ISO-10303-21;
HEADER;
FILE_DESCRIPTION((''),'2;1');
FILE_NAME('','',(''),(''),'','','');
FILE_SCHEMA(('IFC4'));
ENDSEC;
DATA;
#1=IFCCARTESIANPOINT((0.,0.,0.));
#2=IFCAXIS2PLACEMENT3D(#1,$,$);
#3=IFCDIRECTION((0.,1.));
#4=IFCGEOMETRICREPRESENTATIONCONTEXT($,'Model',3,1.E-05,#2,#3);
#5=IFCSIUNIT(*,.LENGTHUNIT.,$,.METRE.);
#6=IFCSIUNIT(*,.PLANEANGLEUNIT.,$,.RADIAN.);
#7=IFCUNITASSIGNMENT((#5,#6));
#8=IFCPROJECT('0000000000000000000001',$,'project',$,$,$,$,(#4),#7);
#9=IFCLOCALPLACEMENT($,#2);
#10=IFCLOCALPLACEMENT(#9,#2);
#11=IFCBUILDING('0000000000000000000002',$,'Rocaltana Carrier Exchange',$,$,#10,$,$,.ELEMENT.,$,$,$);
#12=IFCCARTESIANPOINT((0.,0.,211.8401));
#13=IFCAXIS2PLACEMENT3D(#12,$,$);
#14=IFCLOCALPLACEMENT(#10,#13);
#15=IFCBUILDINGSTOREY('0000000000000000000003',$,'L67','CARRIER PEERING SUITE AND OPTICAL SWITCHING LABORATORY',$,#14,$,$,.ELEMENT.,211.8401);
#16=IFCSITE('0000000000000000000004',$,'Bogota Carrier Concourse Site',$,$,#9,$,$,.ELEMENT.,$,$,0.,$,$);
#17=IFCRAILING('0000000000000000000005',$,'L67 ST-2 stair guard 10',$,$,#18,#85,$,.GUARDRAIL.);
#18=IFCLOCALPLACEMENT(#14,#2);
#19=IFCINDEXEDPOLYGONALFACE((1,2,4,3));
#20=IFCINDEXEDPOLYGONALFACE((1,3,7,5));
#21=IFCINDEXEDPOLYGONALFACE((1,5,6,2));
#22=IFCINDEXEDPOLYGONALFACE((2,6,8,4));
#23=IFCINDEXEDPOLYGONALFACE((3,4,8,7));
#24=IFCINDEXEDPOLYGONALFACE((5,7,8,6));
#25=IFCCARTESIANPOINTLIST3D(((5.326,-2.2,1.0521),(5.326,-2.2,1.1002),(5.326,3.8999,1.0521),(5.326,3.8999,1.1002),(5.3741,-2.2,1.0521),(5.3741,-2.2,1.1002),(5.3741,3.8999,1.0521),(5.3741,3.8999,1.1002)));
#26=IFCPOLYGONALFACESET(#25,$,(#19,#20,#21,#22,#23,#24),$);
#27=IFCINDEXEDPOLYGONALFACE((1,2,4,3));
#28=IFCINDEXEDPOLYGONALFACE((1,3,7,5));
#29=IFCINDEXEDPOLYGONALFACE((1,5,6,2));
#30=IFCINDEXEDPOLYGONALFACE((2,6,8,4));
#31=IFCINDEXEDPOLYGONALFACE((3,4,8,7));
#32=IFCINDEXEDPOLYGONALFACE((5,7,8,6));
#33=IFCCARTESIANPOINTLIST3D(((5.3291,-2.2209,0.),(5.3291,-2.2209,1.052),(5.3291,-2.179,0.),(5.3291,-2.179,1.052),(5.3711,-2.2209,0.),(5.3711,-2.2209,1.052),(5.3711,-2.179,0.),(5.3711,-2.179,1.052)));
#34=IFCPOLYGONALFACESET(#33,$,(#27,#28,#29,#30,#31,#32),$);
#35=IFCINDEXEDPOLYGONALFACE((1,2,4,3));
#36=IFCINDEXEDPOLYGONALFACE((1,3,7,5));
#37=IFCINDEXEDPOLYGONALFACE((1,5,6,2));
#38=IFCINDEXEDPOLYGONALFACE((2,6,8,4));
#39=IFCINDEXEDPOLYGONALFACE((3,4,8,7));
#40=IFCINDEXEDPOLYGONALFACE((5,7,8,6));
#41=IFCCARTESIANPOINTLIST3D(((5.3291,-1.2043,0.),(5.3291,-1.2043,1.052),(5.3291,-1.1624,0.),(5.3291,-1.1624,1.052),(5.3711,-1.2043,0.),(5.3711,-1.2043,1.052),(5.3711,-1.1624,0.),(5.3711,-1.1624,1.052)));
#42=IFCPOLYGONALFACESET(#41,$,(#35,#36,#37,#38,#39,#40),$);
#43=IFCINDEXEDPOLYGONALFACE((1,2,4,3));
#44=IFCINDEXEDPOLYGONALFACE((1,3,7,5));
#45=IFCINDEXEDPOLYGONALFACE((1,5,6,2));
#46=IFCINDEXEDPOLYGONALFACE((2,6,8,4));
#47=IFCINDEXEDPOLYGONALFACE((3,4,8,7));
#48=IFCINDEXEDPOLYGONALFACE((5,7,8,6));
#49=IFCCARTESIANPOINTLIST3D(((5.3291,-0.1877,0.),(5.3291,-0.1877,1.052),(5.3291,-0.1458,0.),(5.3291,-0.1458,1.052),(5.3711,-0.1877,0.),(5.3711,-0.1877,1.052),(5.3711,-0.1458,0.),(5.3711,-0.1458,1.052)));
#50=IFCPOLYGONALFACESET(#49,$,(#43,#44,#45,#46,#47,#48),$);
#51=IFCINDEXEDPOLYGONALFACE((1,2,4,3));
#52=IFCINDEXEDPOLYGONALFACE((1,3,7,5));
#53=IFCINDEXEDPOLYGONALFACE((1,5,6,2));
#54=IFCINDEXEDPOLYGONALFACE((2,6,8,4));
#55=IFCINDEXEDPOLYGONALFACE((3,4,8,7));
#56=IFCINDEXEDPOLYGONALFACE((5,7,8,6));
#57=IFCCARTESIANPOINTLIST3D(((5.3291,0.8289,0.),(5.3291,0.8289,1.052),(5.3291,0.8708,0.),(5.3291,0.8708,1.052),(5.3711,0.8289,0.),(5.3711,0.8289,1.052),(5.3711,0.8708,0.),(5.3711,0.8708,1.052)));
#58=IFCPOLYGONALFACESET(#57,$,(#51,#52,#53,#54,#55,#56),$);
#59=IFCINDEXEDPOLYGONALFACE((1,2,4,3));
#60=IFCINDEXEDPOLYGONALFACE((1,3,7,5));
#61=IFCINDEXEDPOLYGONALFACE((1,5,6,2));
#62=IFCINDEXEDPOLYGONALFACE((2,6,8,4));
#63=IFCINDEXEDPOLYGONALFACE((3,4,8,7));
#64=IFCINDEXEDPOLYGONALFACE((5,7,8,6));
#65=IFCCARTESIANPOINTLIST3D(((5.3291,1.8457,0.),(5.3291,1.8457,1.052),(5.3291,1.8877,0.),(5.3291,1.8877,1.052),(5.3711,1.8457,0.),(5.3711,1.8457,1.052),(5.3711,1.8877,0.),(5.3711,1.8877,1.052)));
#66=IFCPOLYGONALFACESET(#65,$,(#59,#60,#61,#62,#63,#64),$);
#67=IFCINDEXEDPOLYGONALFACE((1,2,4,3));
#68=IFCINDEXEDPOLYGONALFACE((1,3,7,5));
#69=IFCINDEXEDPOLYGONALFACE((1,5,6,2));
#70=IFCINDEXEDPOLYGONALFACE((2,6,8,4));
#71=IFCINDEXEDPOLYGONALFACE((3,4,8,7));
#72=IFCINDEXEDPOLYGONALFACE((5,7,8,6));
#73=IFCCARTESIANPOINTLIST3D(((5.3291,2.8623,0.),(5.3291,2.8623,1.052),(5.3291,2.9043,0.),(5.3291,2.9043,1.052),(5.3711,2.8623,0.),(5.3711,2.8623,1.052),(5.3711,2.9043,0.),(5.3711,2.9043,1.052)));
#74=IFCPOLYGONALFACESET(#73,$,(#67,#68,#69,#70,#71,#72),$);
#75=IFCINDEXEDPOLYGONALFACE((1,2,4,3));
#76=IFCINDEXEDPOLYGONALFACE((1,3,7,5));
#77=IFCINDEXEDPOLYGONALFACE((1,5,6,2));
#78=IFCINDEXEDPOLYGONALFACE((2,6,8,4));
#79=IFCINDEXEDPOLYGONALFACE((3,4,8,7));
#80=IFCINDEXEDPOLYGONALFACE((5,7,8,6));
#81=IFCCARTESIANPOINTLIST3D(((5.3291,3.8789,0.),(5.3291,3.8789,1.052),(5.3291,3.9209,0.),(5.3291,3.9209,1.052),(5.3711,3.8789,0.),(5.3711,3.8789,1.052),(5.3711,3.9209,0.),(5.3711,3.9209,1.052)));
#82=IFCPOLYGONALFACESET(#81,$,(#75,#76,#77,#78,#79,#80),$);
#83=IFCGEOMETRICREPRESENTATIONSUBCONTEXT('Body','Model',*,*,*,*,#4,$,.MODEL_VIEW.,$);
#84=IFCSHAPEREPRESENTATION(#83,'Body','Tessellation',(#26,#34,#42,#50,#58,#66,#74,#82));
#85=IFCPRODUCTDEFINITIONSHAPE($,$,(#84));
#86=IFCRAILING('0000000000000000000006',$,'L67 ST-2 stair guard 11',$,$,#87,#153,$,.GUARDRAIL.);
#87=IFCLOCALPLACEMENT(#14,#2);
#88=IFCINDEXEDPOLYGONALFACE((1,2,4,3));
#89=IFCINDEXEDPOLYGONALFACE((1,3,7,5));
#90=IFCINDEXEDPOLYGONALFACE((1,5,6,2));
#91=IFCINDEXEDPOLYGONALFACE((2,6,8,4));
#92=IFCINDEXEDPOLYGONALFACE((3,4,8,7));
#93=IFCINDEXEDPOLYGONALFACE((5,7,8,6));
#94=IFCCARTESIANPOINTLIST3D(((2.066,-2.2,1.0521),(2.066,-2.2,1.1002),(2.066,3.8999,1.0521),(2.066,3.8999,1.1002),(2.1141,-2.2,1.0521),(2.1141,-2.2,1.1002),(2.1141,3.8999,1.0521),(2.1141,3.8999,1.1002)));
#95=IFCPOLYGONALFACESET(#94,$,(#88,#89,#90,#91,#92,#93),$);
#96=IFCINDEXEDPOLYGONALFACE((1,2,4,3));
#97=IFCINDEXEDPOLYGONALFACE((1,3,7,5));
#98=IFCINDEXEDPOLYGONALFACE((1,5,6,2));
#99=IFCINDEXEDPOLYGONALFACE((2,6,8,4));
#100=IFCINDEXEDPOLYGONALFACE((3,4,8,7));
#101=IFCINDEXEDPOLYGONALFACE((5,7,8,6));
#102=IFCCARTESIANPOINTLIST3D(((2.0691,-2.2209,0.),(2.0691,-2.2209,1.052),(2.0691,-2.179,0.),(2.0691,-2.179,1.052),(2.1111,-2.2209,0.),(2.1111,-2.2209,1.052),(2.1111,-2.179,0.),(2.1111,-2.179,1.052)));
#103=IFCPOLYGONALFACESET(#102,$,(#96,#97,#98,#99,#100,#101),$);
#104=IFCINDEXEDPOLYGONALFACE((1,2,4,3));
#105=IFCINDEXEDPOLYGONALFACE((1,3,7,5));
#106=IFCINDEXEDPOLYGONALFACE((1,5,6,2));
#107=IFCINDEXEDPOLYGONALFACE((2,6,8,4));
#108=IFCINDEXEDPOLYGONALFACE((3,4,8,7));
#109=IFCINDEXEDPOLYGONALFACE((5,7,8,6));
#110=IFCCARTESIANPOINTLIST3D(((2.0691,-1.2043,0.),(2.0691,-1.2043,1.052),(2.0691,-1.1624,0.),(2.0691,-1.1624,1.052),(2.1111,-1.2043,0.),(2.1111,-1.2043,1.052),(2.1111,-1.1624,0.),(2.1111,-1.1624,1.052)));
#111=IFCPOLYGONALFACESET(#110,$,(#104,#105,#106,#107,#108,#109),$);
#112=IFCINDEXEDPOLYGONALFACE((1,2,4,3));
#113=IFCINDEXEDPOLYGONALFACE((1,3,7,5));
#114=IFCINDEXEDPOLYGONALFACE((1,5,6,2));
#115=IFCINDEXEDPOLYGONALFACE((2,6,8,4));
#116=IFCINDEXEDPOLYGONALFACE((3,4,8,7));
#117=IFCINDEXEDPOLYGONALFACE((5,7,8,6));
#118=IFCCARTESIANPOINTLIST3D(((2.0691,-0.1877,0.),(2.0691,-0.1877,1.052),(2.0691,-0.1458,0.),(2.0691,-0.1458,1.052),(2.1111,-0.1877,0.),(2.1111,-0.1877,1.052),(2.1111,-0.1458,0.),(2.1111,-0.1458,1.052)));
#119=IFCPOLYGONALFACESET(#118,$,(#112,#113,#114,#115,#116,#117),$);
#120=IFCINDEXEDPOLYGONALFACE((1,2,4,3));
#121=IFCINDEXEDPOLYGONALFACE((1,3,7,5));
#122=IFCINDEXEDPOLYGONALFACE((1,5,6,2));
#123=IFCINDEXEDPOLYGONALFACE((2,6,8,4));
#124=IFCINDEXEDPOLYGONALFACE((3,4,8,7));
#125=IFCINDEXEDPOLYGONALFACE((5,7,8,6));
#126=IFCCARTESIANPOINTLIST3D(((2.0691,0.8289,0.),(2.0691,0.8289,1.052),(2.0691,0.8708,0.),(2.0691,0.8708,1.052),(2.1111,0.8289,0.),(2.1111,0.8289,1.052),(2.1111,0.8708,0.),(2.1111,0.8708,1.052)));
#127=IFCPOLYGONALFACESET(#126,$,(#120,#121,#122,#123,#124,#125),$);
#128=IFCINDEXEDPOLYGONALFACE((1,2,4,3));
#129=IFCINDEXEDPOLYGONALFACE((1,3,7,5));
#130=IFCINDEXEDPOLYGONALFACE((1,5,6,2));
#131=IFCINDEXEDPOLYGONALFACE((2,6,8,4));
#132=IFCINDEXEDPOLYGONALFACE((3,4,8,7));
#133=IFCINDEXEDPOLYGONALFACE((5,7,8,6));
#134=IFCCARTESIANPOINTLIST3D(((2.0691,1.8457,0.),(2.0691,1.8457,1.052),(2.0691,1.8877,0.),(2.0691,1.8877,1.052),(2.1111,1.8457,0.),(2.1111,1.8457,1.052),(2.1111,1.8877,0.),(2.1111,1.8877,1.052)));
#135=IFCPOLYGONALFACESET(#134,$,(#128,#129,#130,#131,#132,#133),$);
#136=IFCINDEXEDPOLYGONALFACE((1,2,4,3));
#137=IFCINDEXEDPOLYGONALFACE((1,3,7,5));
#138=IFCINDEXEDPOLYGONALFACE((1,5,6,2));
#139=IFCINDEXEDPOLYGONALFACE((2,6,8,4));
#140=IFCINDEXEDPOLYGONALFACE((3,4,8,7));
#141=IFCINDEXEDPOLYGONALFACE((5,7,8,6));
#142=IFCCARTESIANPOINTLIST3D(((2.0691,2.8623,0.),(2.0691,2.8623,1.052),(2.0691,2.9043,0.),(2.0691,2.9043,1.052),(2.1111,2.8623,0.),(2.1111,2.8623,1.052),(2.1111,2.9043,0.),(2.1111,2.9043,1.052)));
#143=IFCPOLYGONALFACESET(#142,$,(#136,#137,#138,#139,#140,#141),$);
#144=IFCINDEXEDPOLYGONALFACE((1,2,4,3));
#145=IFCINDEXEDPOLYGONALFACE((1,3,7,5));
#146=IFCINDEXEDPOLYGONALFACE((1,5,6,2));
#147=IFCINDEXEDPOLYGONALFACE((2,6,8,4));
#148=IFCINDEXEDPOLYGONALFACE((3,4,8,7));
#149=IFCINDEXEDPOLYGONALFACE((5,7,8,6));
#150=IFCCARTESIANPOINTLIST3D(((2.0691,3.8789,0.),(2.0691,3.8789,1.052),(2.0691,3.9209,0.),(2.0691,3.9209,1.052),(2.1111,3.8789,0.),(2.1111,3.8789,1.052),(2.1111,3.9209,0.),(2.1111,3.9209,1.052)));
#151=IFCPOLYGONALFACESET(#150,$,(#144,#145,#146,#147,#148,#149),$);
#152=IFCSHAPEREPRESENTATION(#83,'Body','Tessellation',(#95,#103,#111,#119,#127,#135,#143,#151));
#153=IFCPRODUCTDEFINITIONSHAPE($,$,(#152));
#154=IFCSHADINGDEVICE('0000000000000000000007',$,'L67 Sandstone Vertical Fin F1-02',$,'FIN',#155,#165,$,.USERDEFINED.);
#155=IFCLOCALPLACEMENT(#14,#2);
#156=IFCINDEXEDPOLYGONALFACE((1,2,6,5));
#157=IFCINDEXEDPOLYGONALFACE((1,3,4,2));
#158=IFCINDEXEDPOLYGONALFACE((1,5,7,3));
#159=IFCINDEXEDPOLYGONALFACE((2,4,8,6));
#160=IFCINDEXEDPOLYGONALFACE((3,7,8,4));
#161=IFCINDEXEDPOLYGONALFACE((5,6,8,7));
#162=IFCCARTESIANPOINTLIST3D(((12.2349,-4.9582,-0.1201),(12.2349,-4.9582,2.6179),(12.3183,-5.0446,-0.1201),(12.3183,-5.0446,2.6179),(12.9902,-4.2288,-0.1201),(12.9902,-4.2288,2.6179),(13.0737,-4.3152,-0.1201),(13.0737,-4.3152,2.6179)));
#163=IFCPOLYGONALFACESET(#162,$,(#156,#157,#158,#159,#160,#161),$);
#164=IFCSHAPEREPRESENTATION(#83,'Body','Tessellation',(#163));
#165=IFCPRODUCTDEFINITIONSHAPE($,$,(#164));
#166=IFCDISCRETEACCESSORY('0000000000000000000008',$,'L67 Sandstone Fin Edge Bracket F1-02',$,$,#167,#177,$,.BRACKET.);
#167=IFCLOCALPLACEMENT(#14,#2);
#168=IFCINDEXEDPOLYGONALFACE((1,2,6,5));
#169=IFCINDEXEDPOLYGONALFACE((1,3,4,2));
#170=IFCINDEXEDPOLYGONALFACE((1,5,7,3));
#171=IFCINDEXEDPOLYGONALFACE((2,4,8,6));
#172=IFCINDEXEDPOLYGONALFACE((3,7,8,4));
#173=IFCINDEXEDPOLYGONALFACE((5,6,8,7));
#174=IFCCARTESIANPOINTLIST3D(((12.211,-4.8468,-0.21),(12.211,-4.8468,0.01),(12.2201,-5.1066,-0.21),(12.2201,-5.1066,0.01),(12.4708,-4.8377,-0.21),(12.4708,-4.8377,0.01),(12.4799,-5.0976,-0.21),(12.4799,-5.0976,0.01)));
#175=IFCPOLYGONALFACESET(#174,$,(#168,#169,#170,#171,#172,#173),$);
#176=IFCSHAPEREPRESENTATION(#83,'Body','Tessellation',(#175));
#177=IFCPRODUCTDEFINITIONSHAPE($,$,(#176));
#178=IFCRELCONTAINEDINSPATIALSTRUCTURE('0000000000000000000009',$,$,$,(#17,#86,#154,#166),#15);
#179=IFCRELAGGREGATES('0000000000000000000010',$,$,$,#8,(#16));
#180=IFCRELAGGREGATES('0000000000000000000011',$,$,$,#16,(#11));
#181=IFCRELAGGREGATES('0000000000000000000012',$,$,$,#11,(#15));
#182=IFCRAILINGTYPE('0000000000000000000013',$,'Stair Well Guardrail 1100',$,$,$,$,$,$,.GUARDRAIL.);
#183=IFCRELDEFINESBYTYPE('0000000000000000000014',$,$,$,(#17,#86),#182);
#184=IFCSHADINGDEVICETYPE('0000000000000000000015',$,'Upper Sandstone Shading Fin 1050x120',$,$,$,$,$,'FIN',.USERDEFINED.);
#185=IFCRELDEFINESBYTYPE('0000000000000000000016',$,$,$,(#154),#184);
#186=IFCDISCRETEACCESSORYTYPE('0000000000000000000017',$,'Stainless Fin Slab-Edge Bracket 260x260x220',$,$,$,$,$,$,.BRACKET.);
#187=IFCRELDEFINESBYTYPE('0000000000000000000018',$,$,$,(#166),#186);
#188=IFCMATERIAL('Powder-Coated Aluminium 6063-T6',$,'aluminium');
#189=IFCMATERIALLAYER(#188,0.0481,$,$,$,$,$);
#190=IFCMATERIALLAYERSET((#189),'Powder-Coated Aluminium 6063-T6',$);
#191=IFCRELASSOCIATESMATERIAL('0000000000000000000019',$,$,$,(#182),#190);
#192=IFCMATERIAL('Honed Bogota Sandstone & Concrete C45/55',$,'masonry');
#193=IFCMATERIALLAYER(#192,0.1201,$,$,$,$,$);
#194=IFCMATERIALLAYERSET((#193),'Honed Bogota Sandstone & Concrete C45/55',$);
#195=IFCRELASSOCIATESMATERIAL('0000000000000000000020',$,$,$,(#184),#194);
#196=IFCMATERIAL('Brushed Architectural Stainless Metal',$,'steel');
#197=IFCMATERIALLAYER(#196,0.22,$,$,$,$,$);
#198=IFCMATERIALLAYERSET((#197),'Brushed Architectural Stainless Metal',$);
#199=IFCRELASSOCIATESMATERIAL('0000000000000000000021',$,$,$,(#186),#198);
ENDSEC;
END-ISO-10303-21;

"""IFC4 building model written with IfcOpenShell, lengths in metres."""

from ifc_helpers import new_model, si_unit, direction, frame, origin, origin_2d, place, context, subcontext, project, spatial, rectangle, extrude, material, layer, layer_set, type_object, element, save


model = new_model("IFC4")

# Units and contexts
model_context = context("Model", 3, precision=1e-05, world=origin(), true_north=direction((0.0, 1.0)))
body_context = subcontext(model_context, "Body", "Model", "MODEL_VIEW")
ifc_project = project(units=[si_unit("LENGTHUNIT", "METRE"), si_unit("PLANEANGLEUNIT", "RADIAN")], contexts=[model_context])

# Site, building, storey
site_placement = place(None, origin())
site = spatial("IfcSite", under=ifc_project, at=site_placement, Name="Bogota Carrier Concourse Site", CompositionType="ELEMENT", RefElevation=0.0)
building_placement = place(site_placement, origin())
building = spatial("IfcBuilding", under=site, at=building_placement, Name="Rocaltana Carrier Exchange", CompositionType="ELEMENT")
storey_placement = place(building_placement, frame((0.0, 0.0, 211.8401)))
storey = spatial("IfcBuildingStorey", under=building, at=storey_placement, Name="L67", Description="CARRIER PEERING SUITE AND OPTICAL SWITCHING LABORATORY", CompositionType="ELEMENT", Elevation=211.8401)

# Railings
ifc_material_1 = material(Name="Powder-Coated Aluminium 6063-T6", Category="aluminium")
ifc_layer_1 = layer(ifc_material_1, 0.0481)
ifc_layer_set_1 = layer_set([ifc_layer_1], Name="Powder-Coated Aluminium 6063-T6")
railing_type_1 = type_object("IfcRailingType", Name="Stair Well Guardrail 1100", PredefinedType="GUARDRAIL", material=ifc_layer_set_1)
for number, where, name in (
    (1, (5.3501, -2.2, 0.0), "L67 ST-2 stair guard 10"),
    (2, (2.0901, -2.2, 0.0), "L67 ST-2 stair guard 11"),
):
    element("IfcRailing", number, at=place(storey_placement, frame(where)), inside=storey, type_object=railing_type_1, Name=name, PredefinedType="GUARDRAIL", context=body_context, shape_type="SweptSolid", body=[
        extrude(rectangle(XDim=0.0481, YDim=0.0481, at=origin_2d()), frame((0.0, 0.0, 1.0762), z_axis=(0.0, 1.0, 0.0), x_axis=(-1.0, 0.0, 0.0)), (0.0, 0.0, 1.0), 6.0999),
        extrude(rectangle(XDim=0.042, YDim=0.042, at=origin_2d()), origin(), (0.0, 0.0, 1.0), 1.052),
        extrude(rectangle(XDim=0.042, YDim=0.042, at=origin_2d()), frame((0.0, 1.0166, 0.0)), (0.0, 0.0, 1.0), 1.052),
        extrude(rectangle(XDim=0.042, YDim=0.042, at=origin_2d()), frame((0.0, 2.0332, 0.0)), (0.0, 0.0, 1.0), 1.052),
        extrude(rectangle(XDim=0.042, YDim=0.042, at=origin_2d()), frame((0.0, 3.0498, 0.0)), (0.0, 0.0, 1.0), 1.052),
        extrude(rectangle(XDim=0.042, YDim=0.042, at=origin_2d()), frame((0.0, 4.0667, 0.0)), (0.0, 0.0, 1.0), 1.052),
        extrude(rectangle(XDim=0.042, YDim=0.042, at=origin_2d()), frame((0.0, 5.0833, 0.0)), (0.0, 0.0, 1.0), 1.052),
        extrude(rectangle(XDim=0.042, YDim=0.042, at=origin_2d()), frame((0.0, 6.0999, 0.0)), (0.0, 0.0, 1.0), 1.052),
    ])

# Shading device
ifc_material_2 = material(Name="Honed Bogota Sandstone & Concrete C45/55", Category="masonry")
ifc_layer_2 = layer(ifc_material_2, 0.1201)
ifc_layer_set_2 = layer_set([ifc_layer_2], Name="Honed Bogota Sandstone & Concrete C45/55")
shading_device_type = type_object("IfcShadingDeviceType", Name="Upper Sandstone Shading Fin 1050x120", ElementType="FIN", PredefinedType="USERDEFINED", material=ifc_layer_set_2)
shading_device_placement = place(storey_placement, frame((12.6543, -4.6367, -0.1201), z_axis=(0.0, 0.0, 1.0), x_axis=(0.71934, 0.694658, 0.0)))
element("IfcShadingDevice", 3, at=shading_device_placement, inside=storey, type_object=shading_device_type, Name="L67 Sandstone Vertical Fin F1-02", ObjectType="FIN", PredefinedType="USERDEFINED", context=body_context, shape_type="SweptSolid", body=[
    extrude(rectangle(XDim=1.05, YDim=0.1201, at=origin_2d()), origin(), (0.0, 0.0, 1.0), 2.738),
])

# Discrete accessory
ifc_material_3 = material(Name="Brushed Architectural Stainless Metal", Category="steel")
ifc_layer_3 = layer(ifc_material_3, 0.22)
ifc_layer_set_3 = layer_set([ifc_layer_3], Name="Brushed Architectural Stainless Metal")
discrete_accessory_type = type_object("IfcDiscreteAccessoryType", Name="Stainless Fin Slab-Edge Bracket 260x260x220", PredefinedType="BRACKET", material=ifc_layer_set_3)
discrete_accessory_placement = place(storey_placement, frame((12.3455, -4.9722, -0.21), z_axis=(0.0, 0.0, 1.0), x_axis=(-0.034899, 0.999391, 0.0)))
element("IfcDiscreteAccessory", 4, at=discrete_accessory_placement, inside=storey, type_object=discrete_accessory_type, Name="L67 Sandstone Fin Edge Bracket F1-02", PredefinedType="BRACKET", context=body_context, shape_type="SweptSolid", body=[
    extrude(rectangle(XDim=0.26, YDim=0.26, at=origin_2d()), origin(), (0.0, 0.0, 1.0), 0.22),
])

save(model, "model.ifc")
